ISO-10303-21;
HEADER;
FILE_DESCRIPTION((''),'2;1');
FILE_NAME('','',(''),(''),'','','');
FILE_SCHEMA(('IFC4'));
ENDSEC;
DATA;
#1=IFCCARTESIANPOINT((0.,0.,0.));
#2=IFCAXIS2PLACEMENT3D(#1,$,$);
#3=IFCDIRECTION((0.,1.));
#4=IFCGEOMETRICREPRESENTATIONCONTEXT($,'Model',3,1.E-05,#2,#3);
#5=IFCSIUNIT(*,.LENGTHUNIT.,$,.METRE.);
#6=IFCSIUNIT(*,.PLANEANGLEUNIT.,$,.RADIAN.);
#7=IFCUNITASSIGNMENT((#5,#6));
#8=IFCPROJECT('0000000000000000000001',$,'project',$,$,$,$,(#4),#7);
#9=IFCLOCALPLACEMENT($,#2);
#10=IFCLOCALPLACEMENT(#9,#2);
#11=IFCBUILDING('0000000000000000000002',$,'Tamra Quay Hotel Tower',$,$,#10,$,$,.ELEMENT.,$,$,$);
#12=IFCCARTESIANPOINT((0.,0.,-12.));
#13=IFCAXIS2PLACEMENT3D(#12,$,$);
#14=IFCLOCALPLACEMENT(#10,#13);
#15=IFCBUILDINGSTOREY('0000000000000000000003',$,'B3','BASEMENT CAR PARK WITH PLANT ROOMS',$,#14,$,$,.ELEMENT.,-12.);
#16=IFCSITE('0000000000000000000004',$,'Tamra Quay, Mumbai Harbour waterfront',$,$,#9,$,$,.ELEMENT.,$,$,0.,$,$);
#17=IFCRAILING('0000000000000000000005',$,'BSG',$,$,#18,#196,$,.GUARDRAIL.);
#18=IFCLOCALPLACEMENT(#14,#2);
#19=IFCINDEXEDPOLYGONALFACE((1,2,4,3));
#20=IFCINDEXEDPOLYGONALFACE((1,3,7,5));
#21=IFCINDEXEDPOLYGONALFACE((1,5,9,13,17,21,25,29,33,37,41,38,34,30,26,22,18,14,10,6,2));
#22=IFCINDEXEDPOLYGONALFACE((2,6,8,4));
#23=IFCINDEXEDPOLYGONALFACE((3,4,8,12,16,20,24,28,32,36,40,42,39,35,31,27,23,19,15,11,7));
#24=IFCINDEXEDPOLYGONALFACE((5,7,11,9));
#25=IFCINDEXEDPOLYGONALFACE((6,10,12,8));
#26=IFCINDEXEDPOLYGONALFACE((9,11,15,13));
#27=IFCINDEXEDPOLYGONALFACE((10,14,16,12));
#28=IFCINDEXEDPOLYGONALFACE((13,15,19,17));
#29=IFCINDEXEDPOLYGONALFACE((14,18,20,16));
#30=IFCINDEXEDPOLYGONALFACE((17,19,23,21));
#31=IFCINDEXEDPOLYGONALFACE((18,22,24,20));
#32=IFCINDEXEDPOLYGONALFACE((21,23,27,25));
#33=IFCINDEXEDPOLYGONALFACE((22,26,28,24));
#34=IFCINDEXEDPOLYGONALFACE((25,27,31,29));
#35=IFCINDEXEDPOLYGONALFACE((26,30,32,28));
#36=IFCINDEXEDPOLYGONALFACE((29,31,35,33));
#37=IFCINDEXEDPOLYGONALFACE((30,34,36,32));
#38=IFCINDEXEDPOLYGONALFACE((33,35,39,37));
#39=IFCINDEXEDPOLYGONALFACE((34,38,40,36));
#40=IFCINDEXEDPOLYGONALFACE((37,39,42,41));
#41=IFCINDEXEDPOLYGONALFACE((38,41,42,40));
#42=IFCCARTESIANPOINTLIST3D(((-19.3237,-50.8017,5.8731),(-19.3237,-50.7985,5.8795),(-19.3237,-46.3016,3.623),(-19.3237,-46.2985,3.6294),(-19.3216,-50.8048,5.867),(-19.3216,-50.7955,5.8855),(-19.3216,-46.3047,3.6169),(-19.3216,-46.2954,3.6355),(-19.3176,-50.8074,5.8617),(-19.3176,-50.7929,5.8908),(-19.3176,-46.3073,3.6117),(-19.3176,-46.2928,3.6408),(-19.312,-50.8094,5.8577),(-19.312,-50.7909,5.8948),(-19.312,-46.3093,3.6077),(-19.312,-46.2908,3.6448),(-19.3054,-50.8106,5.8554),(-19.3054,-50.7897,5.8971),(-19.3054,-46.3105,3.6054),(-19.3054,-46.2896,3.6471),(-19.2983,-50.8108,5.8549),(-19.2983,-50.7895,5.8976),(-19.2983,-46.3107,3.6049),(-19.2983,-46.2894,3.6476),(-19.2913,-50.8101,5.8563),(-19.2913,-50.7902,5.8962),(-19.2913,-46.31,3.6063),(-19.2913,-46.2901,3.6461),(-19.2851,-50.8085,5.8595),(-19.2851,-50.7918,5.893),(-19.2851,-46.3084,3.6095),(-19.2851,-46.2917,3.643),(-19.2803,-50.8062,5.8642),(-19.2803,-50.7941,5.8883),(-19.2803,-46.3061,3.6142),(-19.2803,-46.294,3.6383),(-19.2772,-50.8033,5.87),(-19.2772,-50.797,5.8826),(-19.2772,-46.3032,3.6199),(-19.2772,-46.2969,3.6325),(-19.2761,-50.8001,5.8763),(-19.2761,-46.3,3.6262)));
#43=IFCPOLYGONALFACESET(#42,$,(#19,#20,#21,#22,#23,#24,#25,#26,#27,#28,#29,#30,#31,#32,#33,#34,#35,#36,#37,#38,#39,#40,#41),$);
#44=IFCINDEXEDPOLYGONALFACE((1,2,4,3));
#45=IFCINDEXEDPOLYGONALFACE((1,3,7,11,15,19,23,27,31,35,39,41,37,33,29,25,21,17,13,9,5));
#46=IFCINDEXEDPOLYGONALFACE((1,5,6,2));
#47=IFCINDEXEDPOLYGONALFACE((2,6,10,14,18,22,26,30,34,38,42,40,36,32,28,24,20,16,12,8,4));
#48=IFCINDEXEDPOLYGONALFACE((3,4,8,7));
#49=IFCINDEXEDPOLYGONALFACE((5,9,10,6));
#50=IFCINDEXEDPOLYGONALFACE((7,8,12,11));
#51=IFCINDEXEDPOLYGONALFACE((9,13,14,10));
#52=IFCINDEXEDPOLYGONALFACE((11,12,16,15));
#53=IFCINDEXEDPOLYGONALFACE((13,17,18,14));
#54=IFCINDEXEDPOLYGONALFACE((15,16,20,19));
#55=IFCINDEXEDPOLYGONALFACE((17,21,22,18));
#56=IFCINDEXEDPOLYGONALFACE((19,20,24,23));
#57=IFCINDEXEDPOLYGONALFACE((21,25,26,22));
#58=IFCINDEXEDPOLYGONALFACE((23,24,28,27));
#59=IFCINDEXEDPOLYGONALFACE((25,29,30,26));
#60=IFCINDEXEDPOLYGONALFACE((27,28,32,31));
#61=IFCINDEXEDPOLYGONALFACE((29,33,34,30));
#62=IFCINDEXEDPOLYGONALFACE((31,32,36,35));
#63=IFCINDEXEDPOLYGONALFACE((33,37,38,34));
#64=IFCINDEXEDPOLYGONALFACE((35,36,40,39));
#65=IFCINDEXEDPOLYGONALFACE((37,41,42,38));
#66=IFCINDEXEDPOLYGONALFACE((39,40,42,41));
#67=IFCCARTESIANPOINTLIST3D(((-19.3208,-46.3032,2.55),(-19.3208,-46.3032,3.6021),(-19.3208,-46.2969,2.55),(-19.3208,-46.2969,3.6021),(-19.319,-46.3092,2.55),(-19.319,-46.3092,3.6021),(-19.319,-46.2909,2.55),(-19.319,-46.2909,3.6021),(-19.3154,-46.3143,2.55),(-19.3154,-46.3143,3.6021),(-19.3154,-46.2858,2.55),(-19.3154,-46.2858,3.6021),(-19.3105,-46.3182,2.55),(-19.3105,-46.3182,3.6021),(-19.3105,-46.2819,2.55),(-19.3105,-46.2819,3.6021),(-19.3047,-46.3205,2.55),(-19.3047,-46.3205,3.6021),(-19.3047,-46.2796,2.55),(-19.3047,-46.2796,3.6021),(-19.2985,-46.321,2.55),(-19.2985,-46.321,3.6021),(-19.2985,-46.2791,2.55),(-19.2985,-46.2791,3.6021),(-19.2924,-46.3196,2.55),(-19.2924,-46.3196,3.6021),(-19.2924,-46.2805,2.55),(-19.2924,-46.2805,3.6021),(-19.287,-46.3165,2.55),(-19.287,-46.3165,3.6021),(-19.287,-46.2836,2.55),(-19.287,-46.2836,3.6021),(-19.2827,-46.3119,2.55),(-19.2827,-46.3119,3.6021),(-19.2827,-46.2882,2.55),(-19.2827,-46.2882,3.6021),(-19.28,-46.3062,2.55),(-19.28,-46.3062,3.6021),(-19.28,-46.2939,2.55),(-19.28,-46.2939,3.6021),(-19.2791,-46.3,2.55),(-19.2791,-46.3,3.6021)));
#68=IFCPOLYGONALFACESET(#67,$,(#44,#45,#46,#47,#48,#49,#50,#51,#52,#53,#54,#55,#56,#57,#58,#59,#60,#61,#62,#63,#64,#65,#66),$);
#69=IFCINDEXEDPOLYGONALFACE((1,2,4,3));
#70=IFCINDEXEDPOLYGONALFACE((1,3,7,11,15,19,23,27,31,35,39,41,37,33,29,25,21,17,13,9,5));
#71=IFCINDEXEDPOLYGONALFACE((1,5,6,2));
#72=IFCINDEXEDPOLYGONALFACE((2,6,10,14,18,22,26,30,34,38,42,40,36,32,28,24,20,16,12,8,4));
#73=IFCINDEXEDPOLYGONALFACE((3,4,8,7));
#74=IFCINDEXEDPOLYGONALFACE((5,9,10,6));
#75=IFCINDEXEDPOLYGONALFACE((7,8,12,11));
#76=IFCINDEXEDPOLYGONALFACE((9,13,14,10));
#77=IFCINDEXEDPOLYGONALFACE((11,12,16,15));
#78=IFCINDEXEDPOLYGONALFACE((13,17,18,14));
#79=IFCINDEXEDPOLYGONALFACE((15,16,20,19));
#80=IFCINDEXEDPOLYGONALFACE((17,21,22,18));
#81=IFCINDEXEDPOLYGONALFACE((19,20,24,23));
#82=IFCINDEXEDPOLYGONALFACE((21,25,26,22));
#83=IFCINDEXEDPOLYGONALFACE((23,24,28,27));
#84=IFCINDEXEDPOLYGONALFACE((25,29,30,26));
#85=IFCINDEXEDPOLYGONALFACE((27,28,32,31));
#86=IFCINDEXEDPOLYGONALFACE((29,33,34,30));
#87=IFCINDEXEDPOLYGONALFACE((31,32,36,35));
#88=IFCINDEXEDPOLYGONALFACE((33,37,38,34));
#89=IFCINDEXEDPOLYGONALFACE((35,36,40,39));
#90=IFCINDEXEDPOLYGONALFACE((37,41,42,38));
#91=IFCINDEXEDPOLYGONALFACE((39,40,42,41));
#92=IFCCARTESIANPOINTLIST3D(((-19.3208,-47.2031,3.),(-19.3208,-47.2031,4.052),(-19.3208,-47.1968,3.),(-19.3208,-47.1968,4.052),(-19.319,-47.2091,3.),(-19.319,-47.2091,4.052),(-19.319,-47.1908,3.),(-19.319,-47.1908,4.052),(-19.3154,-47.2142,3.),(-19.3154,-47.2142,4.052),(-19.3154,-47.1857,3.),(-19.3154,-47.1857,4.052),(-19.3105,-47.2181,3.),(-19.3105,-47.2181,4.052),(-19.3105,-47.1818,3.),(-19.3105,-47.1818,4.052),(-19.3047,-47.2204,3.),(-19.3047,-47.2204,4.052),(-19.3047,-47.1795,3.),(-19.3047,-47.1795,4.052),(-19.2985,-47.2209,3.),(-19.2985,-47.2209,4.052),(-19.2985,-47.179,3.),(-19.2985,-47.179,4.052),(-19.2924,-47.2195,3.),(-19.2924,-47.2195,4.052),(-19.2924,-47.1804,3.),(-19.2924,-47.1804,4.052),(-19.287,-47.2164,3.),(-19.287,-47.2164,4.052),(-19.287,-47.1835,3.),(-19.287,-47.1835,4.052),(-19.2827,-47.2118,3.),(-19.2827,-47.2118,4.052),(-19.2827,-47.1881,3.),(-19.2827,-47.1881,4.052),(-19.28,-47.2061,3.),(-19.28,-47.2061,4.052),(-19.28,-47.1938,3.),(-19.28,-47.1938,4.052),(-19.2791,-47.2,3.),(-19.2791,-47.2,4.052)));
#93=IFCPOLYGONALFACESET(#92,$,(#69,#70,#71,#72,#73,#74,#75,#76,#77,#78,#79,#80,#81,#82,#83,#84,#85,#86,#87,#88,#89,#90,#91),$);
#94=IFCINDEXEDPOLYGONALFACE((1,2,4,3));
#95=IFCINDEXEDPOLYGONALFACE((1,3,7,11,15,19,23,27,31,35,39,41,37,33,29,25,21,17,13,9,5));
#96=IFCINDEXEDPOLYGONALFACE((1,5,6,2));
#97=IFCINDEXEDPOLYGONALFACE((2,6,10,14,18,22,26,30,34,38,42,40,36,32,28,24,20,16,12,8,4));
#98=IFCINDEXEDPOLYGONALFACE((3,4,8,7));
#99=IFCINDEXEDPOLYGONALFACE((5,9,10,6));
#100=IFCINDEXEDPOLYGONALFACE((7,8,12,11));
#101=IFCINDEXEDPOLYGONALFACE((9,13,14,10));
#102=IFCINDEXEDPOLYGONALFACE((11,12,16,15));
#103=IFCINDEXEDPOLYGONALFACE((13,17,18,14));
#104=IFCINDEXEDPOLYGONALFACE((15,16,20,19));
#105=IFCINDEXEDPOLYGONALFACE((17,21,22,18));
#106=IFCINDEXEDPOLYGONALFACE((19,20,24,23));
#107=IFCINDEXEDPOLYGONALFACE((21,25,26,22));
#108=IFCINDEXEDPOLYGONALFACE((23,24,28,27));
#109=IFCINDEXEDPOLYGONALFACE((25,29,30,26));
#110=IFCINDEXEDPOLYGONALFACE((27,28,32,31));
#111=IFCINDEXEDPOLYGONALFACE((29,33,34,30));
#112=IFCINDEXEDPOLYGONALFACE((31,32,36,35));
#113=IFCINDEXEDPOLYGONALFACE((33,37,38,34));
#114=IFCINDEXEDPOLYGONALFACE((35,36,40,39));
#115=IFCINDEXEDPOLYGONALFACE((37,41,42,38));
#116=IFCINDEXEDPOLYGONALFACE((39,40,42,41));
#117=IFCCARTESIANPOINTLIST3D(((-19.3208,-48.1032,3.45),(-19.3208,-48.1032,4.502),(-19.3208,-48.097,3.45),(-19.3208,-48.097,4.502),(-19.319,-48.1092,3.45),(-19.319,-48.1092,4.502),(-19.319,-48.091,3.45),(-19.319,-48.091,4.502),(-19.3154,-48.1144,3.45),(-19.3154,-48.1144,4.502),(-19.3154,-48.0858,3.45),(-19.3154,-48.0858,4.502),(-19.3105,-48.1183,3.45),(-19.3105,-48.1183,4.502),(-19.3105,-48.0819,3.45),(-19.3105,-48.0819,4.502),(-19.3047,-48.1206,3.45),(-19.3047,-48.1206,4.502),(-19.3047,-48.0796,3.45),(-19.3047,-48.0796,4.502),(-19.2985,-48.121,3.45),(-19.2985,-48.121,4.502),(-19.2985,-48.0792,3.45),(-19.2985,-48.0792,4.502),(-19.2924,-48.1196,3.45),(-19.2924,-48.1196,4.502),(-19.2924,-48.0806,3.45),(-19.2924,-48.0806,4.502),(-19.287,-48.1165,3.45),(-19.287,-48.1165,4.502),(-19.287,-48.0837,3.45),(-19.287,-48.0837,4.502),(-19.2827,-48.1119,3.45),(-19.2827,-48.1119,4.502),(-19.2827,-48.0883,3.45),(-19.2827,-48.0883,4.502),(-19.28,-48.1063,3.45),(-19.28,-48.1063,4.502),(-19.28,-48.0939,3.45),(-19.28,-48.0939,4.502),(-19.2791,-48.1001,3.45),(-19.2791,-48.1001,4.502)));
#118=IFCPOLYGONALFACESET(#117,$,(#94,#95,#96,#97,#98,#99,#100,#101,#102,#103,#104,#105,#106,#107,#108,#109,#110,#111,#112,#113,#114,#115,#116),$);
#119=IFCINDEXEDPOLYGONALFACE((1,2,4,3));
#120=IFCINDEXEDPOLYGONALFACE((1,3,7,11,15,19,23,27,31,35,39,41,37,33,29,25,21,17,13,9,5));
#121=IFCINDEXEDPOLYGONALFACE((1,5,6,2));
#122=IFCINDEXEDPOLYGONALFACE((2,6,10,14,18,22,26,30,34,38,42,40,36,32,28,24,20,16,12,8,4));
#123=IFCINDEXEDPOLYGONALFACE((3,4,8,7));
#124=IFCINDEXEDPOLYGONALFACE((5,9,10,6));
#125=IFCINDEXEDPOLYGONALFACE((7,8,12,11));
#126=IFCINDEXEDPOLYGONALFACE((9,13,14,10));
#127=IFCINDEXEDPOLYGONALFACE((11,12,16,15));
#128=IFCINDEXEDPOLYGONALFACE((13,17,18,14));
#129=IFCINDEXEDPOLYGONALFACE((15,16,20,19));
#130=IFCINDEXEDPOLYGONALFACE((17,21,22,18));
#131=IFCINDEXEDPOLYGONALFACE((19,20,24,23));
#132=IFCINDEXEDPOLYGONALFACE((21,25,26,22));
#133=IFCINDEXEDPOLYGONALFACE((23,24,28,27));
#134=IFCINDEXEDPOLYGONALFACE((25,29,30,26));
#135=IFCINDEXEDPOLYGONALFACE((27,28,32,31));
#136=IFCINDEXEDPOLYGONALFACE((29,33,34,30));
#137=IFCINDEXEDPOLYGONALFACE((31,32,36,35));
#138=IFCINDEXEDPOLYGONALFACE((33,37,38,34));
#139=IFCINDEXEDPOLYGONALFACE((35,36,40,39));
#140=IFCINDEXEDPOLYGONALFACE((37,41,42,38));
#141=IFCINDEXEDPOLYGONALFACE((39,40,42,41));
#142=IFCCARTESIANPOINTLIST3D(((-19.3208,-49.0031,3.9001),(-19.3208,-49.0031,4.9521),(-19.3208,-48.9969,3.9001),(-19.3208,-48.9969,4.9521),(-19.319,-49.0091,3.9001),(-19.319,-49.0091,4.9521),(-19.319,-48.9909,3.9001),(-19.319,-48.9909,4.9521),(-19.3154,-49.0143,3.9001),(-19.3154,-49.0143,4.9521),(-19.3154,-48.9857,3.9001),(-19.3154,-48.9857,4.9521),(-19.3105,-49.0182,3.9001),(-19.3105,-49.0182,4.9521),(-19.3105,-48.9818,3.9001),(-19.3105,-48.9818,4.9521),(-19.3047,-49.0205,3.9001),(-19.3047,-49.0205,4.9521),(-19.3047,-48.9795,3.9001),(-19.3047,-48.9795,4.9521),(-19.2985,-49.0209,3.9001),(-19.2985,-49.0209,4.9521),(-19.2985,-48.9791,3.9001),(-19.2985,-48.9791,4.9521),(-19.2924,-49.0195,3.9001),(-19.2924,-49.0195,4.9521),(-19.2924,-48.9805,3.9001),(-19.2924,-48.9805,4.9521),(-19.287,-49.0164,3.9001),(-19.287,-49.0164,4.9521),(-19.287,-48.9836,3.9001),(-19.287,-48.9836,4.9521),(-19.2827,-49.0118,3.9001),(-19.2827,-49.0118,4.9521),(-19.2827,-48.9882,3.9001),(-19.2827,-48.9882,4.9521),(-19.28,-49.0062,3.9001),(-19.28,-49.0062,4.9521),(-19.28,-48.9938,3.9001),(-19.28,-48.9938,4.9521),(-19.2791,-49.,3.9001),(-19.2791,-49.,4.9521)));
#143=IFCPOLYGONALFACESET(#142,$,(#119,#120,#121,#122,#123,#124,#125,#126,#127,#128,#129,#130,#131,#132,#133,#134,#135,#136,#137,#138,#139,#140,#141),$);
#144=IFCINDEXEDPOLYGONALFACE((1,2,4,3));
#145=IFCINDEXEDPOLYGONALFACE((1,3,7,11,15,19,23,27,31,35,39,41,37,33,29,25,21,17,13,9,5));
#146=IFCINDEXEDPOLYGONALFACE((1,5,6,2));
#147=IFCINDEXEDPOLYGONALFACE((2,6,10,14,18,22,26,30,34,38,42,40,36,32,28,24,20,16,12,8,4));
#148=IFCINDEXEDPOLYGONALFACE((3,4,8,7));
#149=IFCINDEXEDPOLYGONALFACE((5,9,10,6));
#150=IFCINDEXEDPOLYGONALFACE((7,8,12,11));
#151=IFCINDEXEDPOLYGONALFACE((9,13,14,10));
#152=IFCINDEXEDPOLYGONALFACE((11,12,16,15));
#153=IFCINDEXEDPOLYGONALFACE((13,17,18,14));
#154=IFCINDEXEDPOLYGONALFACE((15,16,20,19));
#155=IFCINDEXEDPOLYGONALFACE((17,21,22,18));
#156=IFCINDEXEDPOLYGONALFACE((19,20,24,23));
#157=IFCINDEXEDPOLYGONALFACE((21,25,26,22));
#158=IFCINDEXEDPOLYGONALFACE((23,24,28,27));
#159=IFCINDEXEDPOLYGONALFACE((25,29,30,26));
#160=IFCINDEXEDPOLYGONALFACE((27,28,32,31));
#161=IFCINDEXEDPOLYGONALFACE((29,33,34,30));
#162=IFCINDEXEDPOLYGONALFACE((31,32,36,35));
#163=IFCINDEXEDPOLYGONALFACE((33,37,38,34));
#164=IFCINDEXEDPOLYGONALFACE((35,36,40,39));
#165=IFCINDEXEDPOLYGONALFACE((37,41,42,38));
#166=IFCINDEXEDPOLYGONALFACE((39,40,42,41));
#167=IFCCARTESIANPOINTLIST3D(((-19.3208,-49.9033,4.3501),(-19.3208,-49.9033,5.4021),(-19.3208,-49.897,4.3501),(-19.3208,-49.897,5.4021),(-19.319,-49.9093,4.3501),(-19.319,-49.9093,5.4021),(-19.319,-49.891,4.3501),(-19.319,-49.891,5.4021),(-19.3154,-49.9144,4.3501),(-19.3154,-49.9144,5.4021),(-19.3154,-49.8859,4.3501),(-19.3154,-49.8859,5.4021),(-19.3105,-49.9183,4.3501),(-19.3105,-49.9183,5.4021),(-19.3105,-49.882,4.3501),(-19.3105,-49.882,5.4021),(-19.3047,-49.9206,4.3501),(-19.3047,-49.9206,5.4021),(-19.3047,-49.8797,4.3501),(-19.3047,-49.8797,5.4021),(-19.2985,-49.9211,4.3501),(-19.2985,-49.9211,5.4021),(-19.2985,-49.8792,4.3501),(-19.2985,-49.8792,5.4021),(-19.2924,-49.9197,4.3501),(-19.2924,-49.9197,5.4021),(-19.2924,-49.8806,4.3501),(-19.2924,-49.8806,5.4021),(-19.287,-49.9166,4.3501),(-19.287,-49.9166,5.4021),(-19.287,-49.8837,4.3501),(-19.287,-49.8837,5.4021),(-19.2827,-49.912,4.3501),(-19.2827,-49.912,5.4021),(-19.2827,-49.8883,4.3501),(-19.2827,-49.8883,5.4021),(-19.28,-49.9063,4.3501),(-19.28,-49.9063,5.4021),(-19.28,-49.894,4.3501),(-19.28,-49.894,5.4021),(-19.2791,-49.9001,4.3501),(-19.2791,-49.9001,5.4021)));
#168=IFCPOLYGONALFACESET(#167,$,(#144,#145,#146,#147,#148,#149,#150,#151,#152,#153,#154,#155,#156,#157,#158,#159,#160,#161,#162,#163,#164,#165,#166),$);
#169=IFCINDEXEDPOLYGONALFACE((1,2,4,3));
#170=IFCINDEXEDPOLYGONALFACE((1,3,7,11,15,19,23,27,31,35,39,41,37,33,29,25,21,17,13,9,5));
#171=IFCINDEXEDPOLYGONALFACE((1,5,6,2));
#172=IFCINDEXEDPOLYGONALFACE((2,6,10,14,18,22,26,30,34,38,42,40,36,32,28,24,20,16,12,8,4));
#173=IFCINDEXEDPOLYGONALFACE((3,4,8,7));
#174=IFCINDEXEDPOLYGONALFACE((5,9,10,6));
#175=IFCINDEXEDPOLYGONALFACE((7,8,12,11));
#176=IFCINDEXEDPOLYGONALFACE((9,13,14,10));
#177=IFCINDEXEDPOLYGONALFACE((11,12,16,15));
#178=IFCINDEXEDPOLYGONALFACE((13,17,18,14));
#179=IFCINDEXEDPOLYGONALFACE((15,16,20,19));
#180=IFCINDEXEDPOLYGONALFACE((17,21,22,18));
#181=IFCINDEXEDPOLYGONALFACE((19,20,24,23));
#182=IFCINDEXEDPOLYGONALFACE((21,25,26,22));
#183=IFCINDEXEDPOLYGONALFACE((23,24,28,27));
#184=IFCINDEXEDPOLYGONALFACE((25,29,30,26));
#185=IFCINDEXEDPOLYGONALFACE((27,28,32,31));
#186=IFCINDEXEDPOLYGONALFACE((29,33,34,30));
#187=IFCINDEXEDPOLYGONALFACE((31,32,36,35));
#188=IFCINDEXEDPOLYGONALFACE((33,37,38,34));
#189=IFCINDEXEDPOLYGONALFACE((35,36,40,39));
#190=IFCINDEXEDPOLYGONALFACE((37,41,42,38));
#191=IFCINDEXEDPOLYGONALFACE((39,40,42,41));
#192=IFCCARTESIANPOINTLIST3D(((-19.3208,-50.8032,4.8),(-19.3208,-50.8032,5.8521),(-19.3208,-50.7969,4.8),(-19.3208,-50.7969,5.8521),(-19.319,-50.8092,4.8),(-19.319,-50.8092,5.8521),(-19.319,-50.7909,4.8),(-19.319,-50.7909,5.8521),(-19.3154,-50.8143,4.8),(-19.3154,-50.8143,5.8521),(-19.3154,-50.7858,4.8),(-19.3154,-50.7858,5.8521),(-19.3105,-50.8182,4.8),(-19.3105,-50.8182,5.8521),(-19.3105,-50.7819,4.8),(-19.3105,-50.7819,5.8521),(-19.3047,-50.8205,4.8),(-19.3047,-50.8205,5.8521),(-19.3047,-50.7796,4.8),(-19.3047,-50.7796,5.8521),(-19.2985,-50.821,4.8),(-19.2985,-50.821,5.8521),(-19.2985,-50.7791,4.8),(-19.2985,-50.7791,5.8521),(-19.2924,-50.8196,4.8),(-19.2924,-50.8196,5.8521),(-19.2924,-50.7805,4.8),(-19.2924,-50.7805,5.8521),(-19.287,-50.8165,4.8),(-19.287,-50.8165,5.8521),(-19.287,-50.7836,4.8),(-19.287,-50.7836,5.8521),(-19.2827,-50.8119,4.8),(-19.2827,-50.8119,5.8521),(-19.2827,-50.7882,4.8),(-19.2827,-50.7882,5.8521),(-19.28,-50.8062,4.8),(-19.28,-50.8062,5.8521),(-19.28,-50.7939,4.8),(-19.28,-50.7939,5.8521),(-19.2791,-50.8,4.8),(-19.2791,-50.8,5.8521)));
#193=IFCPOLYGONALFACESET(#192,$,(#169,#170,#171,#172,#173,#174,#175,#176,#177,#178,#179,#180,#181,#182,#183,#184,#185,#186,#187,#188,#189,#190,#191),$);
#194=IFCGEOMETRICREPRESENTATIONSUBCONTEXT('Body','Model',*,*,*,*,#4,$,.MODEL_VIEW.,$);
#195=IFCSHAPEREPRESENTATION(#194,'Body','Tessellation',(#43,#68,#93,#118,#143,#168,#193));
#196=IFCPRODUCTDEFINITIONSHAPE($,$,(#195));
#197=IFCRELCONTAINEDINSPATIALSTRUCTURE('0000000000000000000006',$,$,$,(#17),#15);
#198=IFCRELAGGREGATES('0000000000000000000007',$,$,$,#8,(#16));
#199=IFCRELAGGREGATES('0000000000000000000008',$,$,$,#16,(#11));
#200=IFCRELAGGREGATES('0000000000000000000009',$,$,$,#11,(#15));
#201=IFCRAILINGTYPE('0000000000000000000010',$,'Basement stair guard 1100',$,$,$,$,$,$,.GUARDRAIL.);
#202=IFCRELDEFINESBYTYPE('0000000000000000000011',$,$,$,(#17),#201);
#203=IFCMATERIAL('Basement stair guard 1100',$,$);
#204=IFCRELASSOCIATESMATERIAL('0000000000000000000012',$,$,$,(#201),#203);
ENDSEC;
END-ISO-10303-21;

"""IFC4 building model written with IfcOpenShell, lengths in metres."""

from ifc_helpers import new_model, si_unit, direction, frame, origin, origin_2d, place, context, subcontext, project, spatial, circle, extrude, material, type_object, element, save


model = new_model("IFC4")

# Units and contexts
model_context = context("Model", 3, precision=1e-05, world=origin(), true_north=direction((0.0, 1.0)))
body_context = subcontext(model_context, "Body", "Model", "MODEL_VIEW")
ifc_project = project(units=[si_unit("LENGTHUNIT", "METRE"), si_unit("PLANEANGLEUNIT", "RADIAN")], contexts=[model_context])

# Site, building, storey
site_placement = place(None, origin())
site = spatial("IfcSite", under=ifc_project, at=site_placement, Name="Tamra Quay, Mumbai Harbour waterfront", CompositionType="ELEMENT", RefElevation=0.0)
building_placement = place(site_placement, origin())
building = spatial("IfcBuilding", under=site, at=building_placement, Name="Tamra Quay Hotel Tower", CompositionType="ELEMENT")
storey_placement = place(building_placement, frame((0.0, 0.0, -12.0)))
storey = spatial("IfcBuildingStorey", under=building, at=storey_placement, Name="B3", Description="BASEMENT CAR PARK WITH PLANT ROOMS", CompositionType="ELEMENT", Elevation=-12.0)

# Railing
ifc_material_1 = material(Name="Basement stair guard 1100")
railing_type_1 = type_object("IfcRailingType", Name="Basement stair guard 1100", PredefinedType="GUARDRAIL", material=ifc_material_1)
railing_1_placement = place(storey_placement, frame((-19.3, -46.3, 2.55)))
element("IfcRailing", 1, at=railing_1_placement, inside=storey, type_object=railing_type_1, Name="BSG", PredefinedType="GUARDRAIL", context=body_context, shape_type="SweptSolid", body=[
    extrude(circle(Radius=0.0239, at=origin_2d()), frame((0.0, 0.0, 1.0762), z_axis=(0.0, -0.894427, 0.447214), x_axis=(1.0, 0.0, 0.0)), (0.0, 0.0, 1.0), 5.0312),
    extrude(circle(Radius=0.021, at=origin_2d()), origin(), (0.0, 0.0, 1.0), 1.052),
    extrude(circle(Radius=0.021, at=origin_2d()), frame((0.0, -0.8999, 0.45)), (0.0, 0.0, 1.0), 1.052),
    extrude(circle(Radius=0.021, at=origin_2d()), frame((0.0, -1.8, 0.8999)), (0.0, 0.0, 1.0), 1.052),
    extrude(circle(Radius=0.021, at=origin_2d()), frame((0.0, -2.7, 1.3501)), (0.0, 0.0, 1.0), 1.052),
    extrude(circle(Radius=0.021, at=origin_2d()), frame((0.0, -3.6001, 1.8)), (0.0, 0.0, 1.0), 1.052),
    extrude(circle(Radius=0.021, at=origin_2d()), frame((0.0, -4.5, 2.25)), (0.0, 0.0, 1.0), 1.052),
])

save(model, "model.ifc")
